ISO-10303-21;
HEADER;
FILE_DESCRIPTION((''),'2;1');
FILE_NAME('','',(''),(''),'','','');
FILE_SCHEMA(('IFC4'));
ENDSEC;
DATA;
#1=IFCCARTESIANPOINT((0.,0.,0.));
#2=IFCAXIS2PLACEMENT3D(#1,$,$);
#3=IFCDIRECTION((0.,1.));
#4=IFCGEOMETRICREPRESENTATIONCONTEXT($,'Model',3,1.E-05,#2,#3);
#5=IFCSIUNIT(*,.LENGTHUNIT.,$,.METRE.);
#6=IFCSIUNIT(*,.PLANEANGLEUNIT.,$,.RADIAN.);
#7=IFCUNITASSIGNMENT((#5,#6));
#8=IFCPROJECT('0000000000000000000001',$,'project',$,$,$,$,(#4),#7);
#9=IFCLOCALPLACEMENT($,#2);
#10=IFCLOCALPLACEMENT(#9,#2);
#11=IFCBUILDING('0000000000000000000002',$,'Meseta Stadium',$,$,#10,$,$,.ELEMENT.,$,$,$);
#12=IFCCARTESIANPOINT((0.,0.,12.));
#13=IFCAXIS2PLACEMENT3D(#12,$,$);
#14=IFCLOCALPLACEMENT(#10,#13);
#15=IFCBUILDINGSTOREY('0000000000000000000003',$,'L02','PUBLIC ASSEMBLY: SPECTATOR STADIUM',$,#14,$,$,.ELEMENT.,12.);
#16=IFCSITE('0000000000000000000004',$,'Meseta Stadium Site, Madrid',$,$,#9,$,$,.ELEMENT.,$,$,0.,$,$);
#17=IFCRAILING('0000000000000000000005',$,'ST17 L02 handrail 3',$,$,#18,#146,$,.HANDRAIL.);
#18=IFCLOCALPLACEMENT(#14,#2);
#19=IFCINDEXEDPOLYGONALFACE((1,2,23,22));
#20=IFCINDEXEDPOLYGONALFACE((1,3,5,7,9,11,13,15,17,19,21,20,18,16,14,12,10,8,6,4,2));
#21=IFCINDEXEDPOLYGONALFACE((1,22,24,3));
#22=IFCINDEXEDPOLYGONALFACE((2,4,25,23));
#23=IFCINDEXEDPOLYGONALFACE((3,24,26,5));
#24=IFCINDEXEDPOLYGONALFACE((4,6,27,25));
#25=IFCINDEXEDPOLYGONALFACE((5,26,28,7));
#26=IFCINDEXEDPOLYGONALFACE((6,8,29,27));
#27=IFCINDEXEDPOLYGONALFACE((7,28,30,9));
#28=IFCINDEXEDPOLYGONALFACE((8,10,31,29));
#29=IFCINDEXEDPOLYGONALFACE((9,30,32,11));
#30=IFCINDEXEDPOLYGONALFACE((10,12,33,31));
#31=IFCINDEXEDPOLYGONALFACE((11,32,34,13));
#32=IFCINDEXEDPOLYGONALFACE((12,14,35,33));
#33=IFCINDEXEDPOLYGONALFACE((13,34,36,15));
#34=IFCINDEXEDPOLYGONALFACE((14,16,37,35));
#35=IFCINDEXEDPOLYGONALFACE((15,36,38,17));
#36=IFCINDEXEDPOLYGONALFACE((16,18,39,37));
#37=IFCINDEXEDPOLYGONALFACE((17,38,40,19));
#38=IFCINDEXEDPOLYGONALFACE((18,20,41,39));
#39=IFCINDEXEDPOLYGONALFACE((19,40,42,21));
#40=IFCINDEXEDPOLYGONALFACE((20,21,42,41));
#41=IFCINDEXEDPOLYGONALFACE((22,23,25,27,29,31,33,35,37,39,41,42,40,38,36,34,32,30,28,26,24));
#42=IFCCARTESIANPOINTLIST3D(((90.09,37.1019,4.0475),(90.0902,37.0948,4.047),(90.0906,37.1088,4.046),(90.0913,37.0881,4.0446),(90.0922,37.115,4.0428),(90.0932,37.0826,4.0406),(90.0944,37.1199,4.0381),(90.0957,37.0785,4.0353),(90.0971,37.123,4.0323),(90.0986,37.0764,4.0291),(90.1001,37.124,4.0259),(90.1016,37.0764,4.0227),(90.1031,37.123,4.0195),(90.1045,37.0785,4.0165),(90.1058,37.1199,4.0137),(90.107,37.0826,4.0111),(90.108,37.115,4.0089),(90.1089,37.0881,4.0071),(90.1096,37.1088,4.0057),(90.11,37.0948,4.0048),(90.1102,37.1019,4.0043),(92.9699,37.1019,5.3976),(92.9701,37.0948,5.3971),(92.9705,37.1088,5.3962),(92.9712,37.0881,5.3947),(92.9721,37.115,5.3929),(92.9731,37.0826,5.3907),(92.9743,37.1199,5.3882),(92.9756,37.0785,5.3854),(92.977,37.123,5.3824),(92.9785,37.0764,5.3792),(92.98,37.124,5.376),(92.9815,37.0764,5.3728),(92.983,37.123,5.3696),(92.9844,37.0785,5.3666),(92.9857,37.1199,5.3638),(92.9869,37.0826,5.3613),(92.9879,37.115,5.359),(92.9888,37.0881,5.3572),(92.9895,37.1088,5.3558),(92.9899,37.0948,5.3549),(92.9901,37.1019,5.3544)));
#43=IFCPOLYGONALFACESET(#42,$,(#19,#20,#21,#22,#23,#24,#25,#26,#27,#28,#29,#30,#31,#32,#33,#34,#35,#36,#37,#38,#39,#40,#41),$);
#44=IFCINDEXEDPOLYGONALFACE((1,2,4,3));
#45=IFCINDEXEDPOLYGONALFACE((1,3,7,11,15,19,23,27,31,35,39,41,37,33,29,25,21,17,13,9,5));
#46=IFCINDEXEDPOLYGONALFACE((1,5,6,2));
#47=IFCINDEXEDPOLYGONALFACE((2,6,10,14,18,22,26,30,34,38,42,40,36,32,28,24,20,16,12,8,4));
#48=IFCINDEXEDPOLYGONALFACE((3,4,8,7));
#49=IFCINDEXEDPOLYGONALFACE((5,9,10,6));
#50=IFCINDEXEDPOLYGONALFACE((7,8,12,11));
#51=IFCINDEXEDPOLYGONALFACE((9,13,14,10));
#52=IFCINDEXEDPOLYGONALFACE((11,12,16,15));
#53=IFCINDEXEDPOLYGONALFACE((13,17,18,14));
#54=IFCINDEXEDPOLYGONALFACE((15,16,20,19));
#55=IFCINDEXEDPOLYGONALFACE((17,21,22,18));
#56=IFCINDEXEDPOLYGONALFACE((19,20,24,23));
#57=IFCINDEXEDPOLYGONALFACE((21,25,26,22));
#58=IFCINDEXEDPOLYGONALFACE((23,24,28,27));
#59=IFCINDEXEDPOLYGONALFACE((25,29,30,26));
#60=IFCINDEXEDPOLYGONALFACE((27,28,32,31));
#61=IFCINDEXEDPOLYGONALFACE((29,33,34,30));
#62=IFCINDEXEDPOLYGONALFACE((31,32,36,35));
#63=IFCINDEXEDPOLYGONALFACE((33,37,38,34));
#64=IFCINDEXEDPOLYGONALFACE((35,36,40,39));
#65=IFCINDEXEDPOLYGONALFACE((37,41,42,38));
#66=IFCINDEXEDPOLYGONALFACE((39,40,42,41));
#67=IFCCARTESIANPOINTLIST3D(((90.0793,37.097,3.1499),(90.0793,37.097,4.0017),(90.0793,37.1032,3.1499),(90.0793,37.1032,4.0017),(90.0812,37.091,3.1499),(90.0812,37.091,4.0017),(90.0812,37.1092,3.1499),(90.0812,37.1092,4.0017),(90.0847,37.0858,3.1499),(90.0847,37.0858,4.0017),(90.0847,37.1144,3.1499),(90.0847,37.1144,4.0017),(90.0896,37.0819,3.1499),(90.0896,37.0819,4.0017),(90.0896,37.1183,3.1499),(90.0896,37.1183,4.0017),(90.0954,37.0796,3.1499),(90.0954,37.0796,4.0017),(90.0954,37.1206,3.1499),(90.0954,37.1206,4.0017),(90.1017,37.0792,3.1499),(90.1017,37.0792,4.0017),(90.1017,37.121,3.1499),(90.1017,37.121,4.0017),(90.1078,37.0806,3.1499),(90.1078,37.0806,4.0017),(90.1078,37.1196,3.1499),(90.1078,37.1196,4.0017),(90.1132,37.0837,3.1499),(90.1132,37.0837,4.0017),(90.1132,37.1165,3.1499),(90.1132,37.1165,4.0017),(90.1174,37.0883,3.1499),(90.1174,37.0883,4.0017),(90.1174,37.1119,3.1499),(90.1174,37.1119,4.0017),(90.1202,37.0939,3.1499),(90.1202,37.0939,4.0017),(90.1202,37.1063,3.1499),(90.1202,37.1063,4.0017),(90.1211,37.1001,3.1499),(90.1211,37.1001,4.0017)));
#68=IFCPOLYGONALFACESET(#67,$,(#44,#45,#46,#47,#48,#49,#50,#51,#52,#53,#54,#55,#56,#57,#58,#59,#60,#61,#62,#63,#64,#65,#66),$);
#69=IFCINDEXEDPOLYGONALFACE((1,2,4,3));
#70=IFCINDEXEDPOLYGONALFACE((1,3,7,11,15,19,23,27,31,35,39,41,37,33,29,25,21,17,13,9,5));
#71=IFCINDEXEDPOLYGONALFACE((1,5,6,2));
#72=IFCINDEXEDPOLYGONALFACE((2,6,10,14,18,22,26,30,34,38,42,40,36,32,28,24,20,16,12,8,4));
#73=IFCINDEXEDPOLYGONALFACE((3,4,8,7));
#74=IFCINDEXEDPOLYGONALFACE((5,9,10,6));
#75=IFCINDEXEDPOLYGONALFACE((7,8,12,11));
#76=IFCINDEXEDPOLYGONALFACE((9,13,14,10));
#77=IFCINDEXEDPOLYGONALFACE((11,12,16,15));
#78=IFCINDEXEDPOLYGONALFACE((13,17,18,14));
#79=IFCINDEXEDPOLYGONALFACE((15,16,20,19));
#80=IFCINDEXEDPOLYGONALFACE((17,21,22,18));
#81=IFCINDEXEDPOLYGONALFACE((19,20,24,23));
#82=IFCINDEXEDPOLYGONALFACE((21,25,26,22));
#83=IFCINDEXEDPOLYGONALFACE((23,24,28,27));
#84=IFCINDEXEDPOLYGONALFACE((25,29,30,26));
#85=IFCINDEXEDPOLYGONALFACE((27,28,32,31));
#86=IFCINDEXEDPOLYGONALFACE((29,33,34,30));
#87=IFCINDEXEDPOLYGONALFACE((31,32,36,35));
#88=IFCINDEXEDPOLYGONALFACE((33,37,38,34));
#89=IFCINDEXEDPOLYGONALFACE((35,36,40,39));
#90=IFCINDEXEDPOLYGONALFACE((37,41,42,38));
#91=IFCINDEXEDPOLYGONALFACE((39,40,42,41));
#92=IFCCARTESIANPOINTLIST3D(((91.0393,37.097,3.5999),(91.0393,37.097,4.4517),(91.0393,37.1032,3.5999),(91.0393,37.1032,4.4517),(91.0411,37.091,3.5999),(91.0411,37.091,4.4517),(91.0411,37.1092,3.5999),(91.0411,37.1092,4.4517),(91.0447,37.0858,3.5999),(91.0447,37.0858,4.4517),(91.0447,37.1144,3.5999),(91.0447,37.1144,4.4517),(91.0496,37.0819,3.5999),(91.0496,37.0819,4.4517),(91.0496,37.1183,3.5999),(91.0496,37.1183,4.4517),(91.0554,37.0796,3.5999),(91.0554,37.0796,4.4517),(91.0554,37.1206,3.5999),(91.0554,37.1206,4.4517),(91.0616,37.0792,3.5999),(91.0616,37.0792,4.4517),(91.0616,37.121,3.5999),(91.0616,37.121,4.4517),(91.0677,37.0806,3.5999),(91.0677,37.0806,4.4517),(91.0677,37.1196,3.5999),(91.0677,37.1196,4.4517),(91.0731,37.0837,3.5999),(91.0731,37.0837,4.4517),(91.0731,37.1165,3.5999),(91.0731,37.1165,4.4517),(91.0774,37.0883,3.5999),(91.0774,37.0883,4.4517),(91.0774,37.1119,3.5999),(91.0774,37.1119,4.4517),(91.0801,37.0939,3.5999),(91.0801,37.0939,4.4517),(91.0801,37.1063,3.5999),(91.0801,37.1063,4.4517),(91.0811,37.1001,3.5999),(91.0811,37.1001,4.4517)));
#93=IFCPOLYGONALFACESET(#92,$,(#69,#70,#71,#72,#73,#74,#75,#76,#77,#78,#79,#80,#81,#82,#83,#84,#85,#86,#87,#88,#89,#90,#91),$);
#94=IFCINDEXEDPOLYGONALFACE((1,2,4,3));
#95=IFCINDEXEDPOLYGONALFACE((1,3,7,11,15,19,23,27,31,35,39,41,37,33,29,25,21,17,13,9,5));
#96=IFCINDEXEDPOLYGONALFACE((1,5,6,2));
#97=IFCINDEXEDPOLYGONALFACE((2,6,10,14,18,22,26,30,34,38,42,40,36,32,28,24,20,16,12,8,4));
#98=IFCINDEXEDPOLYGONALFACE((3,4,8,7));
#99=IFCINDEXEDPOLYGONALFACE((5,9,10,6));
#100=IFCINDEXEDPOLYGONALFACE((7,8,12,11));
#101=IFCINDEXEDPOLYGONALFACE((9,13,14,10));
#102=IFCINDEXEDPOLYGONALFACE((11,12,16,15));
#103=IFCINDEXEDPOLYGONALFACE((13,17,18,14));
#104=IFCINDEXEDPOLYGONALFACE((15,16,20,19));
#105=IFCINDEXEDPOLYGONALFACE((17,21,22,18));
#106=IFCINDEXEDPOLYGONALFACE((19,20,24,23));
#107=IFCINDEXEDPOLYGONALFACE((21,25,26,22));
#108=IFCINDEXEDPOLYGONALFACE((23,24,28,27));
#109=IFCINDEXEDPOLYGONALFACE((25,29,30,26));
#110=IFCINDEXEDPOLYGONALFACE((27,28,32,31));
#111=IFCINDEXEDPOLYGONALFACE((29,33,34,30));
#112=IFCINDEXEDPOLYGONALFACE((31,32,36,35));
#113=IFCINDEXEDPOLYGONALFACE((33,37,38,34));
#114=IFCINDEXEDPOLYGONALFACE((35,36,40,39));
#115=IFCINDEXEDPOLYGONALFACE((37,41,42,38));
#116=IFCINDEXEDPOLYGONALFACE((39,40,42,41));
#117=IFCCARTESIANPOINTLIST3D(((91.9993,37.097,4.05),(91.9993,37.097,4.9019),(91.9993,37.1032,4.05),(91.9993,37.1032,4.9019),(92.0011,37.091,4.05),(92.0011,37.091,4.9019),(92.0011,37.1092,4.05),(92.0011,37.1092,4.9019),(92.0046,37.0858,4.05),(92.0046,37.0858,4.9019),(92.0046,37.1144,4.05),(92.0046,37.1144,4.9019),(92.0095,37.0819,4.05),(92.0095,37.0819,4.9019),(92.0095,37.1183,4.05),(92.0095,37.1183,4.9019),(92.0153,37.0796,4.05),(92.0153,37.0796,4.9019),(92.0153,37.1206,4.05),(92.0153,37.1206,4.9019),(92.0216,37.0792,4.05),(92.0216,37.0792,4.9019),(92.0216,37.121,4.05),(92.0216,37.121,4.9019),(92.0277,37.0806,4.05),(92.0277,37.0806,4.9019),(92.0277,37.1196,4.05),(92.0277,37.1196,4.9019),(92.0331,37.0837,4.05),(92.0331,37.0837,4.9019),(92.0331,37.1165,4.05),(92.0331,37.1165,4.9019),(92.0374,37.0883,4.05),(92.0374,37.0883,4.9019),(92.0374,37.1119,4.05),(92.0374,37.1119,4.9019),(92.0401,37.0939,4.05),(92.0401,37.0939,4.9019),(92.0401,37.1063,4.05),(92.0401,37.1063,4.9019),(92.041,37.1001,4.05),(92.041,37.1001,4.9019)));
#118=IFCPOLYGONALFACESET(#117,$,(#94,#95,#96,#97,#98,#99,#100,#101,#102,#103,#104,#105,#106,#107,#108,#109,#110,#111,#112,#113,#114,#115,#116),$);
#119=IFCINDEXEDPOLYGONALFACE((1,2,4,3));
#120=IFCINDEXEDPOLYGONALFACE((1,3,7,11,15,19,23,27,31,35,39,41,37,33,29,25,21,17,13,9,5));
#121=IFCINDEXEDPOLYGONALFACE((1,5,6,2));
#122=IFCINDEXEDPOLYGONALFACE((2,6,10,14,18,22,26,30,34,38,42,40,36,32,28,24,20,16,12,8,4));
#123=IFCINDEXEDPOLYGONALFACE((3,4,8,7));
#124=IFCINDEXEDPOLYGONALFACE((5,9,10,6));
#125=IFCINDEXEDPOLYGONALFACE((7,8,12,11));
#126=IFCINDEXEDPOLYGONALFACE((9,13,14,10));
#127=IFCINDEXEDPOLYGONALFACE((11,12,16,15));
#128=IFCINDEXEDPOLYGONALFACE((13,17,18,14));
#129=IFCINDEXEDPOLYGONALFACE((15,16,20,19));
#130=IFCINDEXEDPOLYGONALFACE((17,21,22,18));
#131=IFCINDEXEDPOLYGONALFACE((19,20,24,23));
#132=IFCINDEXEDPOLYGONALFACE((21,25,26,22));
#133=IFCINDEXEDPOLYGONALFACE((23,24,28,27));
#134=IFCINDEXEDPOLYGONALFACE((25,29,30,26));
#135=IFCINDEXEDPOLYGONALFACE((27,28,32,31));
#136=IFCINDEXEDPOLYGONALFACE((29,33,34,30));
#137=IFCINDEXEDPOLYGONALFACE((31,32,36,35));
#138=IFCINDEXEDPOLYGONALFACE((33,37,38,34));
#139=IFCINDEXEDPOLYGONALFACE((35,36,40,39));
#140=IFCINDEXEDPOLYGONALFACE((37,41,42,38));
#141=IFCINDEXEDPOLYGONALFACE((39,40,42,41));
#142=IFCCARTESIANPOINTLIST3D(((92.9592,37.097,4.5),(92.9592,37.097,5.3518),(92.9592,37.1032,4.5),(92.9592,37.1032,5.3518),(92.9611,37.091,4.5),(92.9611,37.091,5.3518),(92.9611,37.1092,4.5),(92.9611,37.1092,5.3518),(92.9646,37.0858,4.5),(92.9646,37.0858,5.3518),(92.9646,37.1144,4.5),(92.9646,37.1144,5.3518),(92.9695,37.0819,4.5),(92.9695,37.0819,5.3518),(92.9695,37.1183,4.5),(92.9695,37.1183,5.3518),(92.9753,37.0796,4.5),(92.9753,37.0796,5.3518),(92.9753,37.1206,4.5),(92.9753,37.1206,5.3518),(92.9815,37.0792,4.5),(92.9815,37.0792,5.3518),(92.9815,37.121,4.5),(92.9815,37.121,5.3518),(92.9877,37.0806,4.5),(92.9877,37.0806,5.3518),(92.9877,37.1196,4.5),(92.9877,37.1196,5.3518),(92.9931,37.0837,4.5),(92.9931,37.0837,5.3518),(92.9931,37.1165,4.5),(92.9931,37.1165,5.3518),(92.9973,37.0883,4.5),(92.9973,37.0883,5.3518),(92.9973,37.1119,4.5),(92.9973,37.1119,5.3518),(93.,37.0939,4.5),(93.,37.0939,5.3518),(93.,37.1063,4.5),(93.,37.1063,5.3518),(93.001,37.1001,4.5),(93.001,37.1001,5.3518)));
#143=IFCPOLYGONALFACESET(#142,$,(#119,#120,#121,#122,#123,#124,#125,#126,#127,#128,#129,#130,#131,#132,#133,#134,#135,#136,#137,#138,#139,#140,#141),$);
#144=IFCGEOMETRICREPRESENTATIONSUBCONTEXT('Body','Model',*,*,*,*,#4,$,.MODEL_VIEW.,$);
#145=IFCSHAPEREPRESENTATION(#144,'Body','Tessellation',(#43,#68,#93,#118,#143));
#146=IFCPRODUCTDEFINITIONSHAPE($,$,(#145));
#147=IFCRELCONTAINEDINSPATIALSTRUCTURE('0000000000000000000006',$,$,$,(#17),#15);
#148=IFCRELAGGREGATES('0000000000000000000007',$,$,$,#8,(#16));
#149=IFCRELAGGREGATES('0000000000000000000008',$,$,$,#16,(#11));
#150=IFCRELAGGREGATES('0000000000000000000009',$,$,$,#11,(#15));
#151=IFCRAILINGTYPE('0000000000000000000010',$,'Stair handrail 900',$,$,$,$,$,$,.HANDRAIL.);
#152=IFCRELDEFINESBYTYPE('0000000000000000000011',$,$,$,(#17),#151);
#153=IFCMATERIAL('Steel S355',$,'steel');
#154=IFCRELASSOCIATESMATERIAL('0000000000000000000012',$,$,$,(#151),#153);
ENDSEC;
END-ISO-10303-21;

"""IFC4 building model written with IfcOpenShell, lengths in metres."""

from ifc_helpers import new_model, si_unit, direction, frame, origin, origin_2d, place, context, subcontext, project, spatial, circle, extrude, material, type_object, element, save


model = new_model("IFC4")

# Units and contexts
model_context = context("Model", 3, precision=1e-05, world=origin(), true_north=direction((0.0, 1.0)))
body_context = subcontext(model_context, "Body", "Model", "MODEL_VIEW")
ifc_project = project(units=[si_unit("LENGTHUNIT", "METRE"), si_unit("PLANEANGLEUNIT", "RADIAN")], contexts=[model_context])

# Site, building, storey
site_placement = place(None, origin())
site = spatial("IfcSite", under=ifc_project, at=site_placement, Name="Meseta Stadium Site, Madrid", CompositionType="ELEMENT", RefElevation=0.0)
building_placement = place(site_placement, origin())
building = spatial("IfcBuilding", under=site, at=building_placement, Name="Meseta Stadium", CompositionType="ELEMENT")
storey_placement = place(building_placement, frame((0.0, 0.0, 12.0)))
storey = spatial("IfcBuildingStorey", under=building, at=storey_placement, Name="L02", Description="PUBLIC ASSEMBLY: SPECTATOR STADIUM", CompositionType="ELEMENT", Elevation=12.0)

# Railing
ifc_material_1 = material(Name="Steel S355", Category="steel")
railing_type_1 = type_object("IfcRailingType", Name="Stair handrail 900", PredefinedType="HANDRAIL", material=ifc_material_1)
railing_1_placement = place(storey_placement, frame((90.1001, 37.1001, 3.1499)))
element("IfcRailing", 1, at=railing_1_placement, inside=storey, type_object=railing_type_1, Name="ST17 L02 handrail 3", PredefinedType="HANDRAIL", context=body_context, shape_type="SweptSolid", body=[
    extrude(circle(Radius=0.0239, at=origin_2d()), frame((0.0, 0.0, 0.876), z_axis=(0.90544, 0.0, 0.424473), x_axis=(0.0, 1.0, 0.0)), (0.0, 0.0, 1.0), 3.1807),
    extrude(circle(Radius=0.021, at=origin_2d()), origin(), (0.0, 0.0, 1.0), 0.8518),
    extrude(circle(Radius=0.021, at=origin_2d()), frame((0.96, 0.0, 0.45)), (0.0, 0.0, 1.0), 0.8518),
    extrude(circle(Radius=0.021, at=origin_2d()), frame((1.9199, 0.0, 0.9001)), (0.0, 0.0, 1.0), 0.8518),
    extrude(circle(Radius=0.021, at=origin_2d()), frame((2.8799, 0.0, 1.3501)), (0.0, 0.0, 1.0), 0.8518),
])

save(model, "model.ifc")
